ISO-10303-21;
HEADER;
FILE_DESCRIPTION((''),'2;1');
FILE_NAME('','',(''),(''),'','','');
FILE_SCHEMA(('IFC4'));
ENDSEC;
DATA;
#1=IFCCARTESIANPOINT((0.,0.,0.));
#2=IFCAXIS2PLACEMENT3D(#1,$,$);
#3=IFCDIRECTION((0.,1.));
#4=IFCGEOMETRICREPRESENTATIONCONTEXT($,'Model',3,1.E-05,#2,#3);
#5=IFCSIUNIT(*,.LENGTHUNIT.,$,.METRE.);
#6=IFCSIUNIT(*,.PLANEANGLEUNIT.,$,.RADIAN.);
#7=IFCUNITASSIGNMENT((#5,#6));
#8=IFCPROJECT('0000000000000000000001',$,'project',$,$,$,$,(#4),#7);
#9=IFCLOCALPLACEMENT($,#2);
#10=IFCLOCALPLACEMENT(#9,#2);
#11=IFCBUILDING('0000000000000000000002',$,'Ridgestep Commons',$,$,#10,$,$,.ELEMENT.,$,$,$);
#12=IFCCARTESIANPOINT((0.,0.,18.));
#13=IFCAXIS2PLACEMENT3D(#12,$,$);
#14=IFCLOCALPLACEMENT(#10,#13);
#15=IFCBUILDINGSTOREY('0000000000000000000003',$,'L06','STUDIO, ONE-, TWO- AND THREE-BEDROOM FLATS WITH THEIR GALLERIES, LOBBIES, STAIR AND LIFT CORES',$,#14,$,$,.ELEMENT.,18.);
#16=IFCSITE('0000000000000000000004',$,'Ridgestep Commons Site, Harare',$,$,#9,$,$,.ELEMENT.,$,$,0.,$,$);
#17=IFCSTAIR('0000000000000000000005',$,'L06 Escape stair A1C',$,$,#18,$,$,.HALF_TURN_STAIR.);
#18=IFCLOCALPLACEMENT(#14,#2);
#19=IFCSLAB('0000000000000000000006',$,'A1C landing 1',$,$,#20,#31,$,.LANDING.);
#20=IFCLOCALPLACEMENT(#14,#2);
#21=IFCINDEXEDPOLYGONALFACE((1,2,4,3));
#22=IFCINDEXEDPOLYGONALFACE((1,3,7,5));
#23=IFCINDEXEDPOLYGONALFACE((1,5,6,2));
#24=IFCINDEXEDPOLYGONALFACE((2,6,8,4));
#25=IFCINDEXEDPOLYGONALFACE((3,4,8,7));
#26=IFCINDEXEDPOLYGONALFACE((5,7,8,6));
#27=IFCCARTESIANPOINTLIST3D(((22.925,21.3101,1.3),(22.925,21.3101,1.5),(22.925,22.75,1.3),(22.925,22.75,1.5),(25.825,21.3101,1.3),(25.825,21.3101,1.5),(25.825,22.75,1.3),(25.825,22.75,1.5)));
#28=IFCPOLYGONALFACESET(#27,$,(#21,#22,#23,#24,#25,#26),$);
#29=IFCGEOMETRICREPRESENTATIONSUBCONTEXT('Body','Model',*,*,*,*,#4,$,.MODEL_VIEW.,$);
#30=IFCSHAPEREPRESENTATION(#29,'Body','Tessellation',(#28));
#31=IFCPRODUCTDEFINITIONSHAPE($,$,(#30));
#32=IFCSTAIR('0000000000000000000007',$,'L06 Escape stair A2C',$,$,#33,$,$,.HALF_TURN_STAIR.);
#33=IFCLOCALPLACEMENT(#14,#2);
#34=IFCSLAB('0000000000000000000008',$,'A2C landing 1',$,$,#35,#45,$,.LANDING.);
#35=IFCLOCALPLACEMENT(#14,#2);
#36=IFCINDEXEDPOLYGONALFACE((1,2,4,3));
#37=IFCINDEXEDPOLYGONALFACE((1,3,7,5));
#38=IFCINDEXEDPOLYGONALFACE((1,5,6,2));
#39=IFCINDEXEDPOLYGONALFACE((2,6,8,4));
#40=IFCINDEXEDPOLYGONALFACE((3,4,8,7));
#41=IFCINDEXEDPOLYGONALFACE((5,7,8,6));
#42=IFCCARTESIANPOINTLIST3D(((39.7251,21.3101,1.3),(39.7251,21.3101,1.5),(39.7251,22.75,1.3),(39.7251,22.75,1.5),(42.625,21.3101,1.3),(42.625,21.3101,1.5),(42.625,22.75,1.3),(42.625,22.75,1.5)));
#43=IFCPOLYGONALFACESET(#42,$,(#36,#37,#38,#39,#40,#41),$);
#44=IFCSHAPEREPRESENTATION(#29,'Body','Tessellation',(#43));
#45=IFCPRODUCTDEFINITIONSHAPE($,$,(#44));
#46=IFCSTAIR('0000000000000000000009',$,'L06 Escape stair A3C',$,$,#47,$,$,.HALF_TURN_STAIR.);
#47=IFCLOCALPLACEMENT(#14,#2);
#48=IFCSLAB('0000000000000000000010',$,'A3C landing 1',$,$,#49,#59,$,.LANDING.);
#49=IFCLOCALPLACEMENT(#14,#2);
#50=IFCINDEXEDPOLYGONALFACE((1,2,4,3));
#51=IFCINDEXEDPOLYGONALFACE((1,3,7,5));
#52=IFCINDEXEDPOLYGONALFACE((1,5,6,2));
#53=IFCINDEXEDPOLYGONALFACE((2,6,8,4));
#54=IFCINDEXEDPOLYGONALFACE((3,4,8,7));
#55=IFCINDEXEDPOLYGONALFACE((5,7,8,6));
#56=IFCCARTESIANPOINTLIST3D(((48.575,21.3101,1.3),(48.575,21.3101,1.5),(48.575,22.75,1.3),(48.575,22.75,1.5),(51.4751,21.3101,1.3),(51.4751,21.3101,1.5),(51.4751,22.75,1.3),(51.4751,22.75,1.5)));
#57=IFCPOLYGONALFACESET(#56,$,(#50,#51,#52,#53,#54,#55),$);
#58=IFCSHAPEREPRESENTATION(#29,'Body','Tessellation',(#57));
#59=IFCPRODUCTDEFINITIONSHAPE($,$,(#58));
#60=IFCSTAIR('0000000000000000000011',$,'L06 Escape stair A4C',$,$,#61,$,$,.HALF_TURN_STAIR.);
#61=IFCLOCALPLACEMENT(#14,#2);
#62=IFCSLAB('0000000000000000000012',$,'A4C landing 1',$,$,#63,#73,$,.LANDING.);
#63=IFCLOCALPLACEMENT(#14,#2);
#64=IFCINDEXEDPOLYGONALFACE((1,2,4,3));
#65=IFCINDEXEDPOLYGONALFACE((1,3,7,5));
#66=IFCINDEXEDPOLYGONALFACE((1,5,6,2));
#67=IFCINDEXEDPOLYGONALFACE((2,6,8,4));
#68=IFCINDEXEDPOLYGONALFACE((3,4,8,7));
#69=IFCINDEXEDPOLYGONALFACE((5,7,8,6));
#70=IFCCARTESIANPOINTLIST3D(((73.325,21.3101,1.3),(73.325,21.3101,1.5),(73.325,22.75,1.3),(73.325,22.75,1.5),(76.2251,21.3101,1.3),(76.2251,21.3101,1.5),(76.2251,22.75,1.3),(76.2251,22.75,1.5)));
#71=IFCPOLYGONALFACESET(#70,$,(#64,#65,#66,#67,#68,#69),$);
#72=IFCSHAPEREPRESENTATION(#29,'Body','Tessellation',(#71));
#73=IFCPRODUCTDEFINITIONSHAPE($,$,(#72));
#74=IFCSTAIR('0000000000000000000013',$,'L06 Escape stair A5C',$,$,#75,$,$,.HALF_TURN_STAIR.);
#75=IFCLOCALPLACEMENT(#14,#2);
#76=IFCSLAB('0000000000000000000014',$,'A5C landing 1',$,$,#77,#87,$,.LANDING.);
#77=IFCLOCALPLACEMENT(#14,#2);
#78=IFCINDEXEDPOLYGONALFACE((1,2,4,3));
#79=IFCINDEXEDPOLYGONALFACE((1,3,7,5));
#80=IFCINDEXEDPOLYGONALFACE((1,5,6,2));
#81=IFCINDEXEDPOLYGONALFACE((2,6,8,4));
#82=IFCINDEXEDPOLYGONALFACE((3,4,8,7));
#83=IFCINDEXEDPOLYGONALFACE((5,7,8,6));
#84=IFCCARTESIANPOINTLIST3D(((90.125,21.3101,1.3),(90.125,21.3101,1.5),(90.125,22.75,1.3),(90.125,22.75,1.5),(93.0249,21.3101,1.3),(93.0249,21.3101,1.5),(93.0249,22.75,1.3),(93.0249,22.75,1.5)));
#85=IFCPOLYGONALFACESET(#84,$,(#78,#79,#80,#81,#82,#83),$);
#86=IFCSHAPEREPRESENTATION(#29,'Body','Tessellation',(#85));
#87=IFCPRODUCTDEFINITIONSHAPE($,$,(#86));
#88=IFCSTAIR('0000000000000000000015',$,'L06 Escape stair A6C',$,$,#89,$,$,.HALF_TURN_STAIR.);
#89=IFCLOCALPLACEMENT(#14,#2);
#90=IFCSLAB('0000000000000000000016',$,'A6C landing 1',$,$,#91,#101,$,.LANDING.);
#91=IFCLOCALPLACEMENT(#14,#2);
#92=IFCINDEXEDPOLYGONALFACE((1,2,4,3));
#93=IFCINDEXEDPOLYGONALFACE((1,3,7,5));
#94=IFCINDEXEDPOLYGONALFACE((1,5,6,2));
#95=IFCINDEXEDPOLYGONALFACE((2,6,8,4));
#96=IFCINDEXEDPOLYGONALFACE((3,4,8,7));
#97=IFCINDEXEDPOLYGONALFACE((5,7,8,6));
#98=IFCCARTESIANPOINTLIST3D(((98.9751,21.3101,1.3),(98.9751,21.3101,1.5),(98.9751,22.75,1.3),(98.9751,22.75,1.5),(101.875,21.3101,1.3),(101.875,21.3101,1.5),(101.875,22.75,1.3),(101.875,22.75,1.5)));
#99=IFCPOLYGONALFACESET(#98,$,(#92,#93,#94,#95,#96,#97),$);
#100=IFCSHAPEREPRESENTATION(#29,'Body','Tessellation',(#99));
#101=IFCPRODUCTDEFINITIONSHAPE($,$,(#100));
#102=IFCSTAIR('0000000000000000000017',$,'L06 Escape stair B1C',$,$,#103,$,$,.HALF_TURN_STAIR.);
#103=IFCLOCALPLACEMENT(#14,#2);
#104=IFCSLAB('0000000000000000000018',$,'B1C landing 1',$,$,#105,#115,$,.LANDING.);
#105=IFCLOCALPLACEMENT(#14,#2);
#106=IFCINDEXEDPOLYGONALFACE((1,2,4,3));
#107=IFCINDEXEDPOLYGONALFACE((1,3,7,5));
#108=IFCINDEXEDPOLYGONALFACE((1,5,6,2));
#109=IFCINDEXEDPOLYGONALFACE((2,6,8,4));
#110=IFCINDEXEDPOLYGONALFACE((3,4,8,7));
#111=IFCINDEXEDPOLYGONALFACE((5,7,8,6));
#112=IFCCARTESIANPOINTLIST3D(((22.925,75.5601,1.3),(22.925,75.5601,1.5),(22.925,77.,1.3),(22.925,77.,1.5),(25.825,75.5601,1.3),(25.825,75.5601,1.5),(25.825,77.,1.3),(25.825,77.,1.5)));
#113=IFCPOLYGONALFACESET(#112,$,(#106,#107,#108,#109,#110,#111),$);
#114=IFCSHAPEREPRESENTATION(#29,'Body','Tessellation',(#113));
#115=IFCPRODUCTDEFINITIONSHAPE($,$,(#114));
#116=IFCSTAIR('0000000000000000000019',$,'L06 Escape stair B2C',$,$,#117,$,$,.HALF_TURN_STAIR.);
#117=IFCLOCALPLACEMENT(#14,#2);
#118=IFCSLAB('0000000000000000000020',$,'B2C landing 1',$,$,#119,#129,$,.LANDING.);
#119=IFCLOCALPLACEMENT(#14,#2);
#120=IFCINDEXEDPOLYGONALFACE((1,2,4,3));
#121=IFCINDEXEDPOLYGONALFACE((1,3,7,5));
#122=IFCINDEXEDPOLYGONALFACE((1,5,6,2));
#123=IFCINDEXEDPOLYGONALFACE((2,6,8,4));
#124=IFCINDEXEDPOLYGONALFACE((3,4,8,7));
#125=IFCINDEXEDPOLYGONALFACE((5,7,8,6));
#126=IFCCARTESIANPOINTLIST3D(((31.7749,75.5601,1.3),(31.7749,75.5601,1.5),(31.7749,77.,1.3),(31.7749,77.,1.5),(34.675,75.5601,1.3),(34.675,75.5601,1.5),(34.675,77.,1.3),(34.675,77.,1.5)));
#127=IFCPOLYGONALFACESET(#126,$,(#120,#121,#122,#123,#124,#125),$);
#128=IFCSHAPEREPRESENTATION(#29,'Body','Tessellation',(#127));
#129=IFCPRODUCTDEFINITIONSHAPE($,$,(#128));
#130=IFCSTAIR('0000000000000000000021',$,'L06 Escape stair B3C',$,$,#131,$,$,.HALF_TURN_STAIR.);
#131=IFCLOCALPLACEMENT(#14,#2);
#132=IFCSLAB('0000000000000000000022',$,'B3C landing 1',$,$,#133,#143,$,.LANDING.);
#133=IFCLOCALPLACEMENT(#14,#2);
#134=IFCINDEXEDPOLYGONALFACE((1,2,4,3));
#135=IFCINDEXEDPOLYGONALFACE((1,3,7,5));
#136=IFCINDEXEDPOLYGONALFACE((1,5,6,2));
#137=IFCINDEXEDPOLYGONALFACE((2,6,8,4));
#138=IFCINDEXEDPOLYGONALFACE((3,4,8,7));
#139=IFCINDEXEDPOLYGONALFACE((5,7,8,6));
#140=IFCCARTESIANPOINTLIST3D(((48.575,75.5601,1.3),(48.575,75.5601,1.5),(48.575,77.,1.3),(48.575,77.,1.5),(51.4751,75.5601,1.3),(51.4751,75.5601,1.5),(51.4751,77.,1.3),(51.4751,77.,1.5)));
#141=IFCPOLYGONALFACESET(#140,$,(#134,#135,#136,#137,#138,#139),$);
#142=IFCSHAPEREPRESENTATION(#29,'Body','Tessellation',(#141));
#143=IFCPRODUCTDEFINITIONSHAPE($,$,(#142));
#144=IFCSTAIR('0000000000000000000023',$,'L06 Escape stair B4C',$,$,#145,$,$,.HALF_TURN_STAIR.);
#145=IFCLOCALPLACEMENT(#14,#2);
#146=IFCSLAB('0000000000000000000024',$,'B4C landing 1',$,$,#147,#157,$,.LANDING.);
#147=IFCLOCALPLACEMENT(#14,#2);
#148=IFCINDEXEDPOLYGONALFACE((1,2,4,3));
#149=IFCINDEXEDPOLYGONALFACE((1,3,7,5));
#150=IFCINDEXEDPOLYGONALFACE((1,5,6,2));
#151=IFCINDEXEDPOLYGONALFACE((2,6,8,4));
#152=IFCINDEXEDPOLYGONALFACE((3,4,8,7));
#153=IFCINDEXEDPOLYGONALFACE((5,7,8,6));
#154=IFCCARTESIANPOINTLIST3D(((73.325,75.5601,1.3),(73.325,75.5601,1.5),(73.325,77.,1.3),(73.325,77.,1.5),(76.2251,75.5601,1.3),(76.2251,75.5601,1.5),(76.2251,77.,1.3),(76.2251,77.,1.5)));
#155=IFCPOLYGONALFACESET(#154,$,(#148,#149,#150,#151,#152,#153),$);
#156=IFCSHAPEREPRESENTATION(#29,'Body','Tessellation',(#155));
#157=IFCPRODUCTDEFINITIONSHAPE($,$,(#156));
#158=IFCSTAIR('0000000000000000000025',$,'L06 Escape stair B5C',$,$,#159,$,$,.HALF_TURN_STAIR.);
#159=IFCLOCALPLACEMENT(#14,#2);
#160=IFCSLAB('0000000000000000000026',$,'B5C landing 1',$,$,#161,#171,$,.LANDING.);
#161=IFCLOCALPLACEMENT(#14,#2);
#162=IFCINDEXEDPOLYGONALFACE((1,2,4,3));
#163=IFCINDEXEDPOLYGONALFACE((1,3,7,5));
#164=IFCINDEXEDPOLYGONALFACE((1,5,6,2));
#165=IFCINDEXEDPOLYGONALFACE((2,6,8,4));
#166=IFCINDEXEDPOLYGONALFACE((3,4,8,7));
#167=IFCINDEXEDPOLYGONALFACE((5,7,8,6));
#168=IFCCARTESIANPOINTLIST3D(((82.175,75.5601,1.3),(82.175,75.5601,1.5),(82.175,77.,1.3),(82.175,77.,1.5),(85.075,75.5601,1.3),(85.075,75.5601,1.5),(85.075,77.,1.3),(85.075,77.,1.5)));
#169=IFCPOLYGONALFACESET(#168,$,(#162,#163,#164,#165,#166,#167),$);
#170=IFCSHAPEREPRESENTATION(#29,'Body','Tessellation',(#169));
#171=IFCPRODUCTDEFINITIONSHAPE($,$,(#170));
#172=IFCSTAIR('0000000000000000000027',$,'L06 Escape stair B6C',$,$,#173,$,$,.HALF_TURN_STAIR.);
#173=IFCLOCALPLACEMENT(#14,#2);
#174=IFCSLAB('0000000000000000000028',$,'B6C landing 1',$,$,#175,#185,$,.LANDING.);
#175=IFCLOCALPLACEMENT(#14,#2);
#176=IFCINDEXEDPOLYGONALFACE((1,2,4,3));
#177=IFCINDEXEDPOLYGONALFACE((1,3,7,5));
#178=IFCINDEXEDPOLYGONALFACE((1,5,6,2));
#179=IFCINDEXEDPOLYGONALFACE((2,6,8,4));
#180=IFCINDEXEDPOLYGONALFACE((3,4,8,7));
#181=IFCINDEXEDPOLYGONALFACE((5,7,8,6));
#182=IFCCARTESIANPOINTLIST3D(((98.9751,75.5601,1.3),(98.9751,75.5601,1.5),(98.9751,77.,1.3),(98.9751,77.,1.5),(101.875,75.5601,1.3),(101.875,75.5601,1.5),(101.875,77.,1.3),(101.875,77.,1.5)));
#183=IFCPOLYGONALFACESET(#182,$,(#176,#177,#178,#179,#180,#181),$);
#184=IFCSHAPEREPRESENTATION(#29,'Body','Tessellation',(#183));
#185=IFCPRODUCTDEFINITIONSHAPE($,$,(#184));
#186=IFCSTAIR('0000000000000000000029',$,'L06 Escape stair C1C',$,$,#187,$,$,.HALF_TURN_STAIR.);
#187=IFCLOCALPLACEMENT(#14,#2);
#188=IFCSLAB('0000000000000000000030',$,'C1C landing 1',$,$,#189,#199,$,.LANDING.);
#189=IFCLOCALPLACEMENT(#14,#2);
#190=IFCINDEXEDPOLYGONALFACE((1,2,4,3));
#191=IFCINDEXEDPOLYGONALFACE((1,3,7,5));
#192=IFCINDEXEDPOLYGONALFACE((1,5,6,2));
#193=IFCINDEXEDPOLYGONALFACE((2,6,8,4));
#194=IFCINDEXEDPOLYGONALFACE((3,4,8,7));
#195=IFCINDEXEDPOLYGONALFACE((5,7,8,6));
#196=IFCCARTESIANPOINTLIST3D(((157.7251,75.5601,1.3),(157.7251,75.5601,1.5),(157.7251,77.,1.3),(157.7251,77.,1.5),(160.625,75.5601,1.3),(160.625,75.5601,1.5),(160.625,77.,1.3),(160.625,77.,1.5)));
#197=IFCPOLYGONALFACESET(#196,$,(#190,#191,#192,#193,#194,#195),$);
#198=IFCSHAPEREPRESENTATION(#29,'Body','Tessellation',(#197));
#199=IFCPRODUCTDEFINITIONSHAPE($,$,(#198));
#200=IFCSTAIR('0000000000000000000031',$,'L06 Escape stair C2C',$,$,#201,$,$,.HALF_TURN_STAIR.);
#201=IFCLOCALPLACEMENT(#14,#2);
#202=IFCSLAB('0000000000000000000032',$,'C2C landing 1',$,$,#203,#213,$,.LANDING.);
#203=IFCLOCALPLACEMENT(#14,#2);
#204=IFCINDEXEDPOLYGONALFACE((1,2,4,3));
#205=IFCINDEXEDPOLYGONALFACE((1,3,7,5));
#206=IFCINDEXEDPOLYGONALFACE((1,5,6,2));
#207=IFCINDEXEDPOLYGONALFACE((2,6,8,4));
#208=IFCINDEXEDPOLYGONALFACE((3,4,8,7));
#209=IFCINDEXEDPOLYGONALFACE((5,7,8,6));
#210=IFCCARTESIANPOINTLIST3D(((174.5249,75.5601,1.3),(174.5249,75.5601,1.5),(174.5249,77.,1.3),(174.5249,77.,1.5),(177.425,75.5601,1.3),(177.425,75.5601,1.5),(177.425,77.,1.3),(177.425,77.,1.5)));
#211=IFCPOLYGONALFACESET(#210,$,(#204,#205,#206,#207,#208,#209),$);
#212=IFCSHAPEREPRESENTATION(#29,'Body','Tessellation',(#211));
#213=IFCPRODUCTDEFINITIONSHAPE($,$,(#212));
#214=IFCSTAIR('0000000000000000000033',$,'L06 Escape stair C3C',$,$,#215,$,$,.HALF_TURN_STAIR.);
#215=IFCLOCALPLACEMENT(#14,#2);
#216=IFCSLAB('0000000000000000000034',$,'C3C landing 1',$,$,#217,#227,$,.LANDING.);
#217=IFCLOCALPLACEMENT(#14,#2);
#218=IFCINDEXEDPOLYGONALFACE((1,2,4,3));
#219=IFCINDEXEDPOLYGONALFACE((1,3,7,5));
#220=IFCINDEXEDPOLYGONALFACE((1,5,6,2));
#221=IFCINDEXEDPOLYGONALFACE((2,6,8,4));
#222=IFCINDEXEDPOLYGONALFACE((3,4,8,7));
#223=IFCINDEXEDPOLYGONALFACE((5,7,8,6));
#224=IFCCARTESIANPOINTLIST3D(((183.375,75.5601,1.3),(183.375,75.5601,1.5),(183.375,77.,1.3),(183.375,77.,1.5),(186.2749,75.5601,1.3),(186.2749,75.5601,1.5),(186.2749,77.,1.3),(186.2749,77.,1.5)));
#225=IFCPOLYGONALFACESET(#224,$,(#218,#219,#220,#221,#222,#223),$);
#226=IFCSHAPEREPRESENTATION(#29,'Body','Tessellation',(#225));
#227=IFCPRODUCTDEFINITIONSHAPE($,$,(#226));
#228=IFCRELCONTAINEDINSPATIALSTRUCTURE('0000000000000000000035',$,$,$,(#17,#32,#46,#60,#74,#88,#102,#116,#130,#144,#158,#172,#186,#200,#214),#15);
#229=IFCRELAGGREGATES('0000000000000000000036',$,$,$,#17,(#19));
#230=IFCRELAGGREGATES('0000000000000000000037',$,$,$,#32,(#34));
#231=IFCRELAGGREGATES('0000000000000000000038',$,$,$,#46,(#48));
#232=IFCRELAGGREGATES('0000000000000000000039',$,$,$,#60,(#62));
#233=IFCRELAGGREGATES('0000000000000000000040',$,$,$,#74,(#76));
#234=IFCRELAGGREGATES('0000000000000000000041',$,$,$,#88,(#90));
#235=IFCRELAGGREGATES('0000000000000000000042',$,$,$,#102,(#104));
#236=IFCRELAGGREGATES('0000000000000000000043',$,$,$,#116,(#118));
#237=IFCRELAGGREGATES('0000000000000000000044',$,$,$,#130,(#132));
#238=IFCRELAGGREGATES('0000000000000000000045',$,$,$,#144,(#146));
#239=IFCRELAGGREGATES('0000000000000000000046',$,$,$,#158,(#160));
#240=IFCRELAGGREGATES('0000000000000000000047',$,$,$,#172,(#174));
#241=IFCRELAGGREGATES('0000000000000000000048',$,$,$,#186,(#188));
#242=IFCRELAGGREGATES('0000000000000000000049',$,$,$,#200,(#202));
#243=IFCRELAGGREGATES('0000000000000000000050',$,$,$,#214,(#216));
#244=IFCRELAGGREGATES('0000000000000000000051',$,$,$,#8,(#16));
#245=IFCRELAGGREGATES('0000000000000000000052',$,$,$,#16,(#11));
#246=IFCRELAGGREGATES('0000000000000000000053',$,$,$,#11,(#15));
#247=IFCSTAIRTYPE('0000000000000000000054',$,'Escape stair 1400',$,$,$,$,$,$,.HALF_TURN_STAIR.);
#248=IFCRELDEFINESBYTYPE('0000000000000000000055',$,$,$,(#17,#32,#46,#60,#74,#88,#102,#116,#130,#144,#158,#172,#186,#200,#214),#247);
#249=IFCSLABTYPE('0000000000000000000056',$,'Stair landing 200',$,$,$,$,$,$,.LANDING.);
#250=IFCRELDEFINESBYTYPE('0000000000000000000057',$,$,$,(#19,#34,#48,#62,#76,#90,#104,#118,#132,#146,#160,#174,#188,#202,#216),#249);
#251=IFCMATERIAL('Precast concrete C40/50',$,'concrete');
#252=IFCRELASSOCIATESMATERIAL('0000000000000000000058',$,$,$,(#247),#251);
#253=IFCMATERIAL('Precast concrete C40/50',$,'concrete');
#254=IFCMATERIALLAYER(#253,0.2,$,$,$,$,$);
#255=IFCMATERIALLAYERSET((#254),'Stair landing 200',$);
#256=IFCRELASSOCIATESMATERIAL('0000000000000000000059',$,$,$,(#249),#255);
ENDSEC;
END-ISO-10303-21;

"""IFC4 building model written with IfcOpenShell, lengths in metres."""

from ifc_helpers import new_model, si_unit, direction, frame, origin, place, context, subcontext, project, spatial, polyline, outline, extrude, material, layer, layer_set, type_object, element, aggregate, save


model = new_model("IFC4")

# Units and contexts
model_context = context("Model", 3, precision=1e-05, world=origin(), true_north=direction((0.0, 1.0)))
body_context = subcontext(model_context, "Body", "Model", "MODEL_VIEW")
ifc_project = project(units=[si_unit("LENGTHUNIT", "METRE"), si_unit("PLANEANGLEUNIT", "RADIAN")], contexts=[model_context])

# Site, building, storey
site_placement = place(None, origin())
site = spatial("IfcSite", under=ifc_project, at=site_placement, Name="Ridgestep Commons Site, Harare", CompositionType="ELEMENT", RefElevation=0.0)
building_placement = place(site_placement, origin())
building = spatial("IfcBuilding", under=site, at=building_placement, Name="Ridgestep Commons", CompositionType="ELEMENT")
storey_placement = place(building_placement, frame((0.0, 0.0, 18.0)))
storey = spatial("IfcBuildingStorey", under=building, at=storey_placement, Name="L06", Description="STUDIO, ONE-, TWO- AND THREE-BEDROOM FLATS WITH THEIR GALLERIES, LOBBIES, STAIR AND LIFT CORES", CompositionType="ELEMENT", Elevation=18.0)

# Stairs, slabs
ifc_material_1 = material(Name="Precast concrete C40/50", Category="concrete")
stair_type = type_object("IfcStairType", Name="Escape stair 1400", PredefinedType="HALF_TURN_STAIR", material=ifc_material_1)
stair_1_placement = place(storey_placement, origin())
stair_1 = element("IfcStair", 1, at=stair_1_placement, inside=storey, type_object=stair_type, Name="L06 Escape stair A1C", PredefinedType="HALF_TURN_STAIR")
ifc_material_2 = material(Name="Precast concrete C40/50", Category="concrete")
ifc_layer_1 = layer(ifc_material_2, 0.2)
ifc_layer_set_1 = layer_set([ifc_layer_1], Name="Stair landing 200")
slab_type = type_object("IfcSlabType", Name="Stair landing 200", PredefinedType="LANDING", material=ifc_layer_set_1)
slab_1_placement = place(storey_placement, frame((0.0, 0.0, 1.3)))
slab_1 = element("IfcSlab", 2, at=slab_1_placement, type_object=slab_type, Name="A1C landing 1", PredefinedType="LANDING", context=body_context, shape_type="SweptSolid", body=[
    extrude(outline(polyline([(25.825, 21.3101), (25.825, 22.75), (22.925, 22.75), (22.925, 21.3101), (25.825, 21.3101)])), origin(), (0.0, 0.0, 1.0), 0.2),
])
aggregate(stair_1, [slab_1])
stair_2_placement = place(storey_placement, origin())
stair_2 = element("IfcStair", 3, at=stair_2_placement, inside=storey, type_object=stair_type, Name="L06 Escape stair A2C", PredefinedType="HALF_TURN_STAIR")
slab_2_placement = place(storey_placement, frame((0.0, 0.0, 1.3)))
slab_2 = element("IfcSlab", 4, at=slab_2_placement, type_object=slab_type, Name="A2C landing 1", PredefinedType="LANDING", context=body_context, shape_type="SweptSolid", body=[
    extrude(outline(polyline([(42.625, 21.3101), (42.625, 22.75), (39.7251, 22.75), (39.7251, 21.3101), (42.625, 21.3101)])), origin(), (0.0, 0.0, 1.0), 0.2),
])
aggregate(stair_2, [slab_2])
stair_3_placement = place(storey_placement, origin())
stair_3 = element("IfcStair", 5, at=stair_3_placement, inside=storey, type_object=stair_type, Name="L06 Escape stair A3C", PredefinedType="HALF_TURN_STAIR")
slab_3_placement = place(storey_placement, frame((0.0, 0.0, 1.3)))
slab_3 = element("IfcSlab", 6, at=slab_3_placement, type_object=slab_type, Name="A3C landing 1", PredefinedType="LANDING", context=body_context, shape_type="SweptSolid", body=[
    extrude(outline(polyline([(51.4751, 21.3101), (51.4751, 22.75), (48.575, 22.75), (48.575, 21.3101), (51.4751, 21.3101)])), origin(), (0.0, 0.0, 1.0), 0.2),
])
aggregate(stair_3, [slab_3])
stair_4_placement = place(storey_placement, origin())
stair_4 = element("IfcStair", 7, at=stair_4_placement, inside=storey, type_object=stair_type, Name="L06 Escape stair A4C", PredefinedType="HALF_TURN_STAIR")
slab_4_placement = place(storey_placement, frame((0.0, 0.0, 1.3)))
slab_4 = element("IfcSlab", 8, at=slab_4_placement, type_object=slab_type, Name="A4C landing 1", PredefinedType="LANDING", context=body_context, shape_type="SweptSolid", body=[
    extrude(outline(polyline([(76.2251, 21.3101), (76.2251, 22.75), (73.325, 22.75), (73.325, 21.3101), (76.2251, 21.3101)])), origin(), (0.0, 0.0, 1.0), 0.2),
])
aggregate(stair_4, [slab_4])
stair_5_placement = place(storey_placement, origin())
stair_5 = element("IfcStair", 9, at=stair_5_placement, inside=storey, type_object=stair_type, Name="L06 Escape stair A5C", PredefinedType="HALF_TURN_STAIR")
slab_5_placement = place(storey_placement, frame((0.0, 0.0, 1.3)))
slab_5 = element("IfcSlab", 10, at=slab_5_placement, type_object=slab_type, Name="A5C landing 1", PredefinedType="LANDING", context=body_context, shape_type="SweptSolid", body=[
    extrude(outline(polyline([(93.0249, 21.3101), (93.0249, 22.75), (90.125, 22.75), (90.125, 21.3101), (93.0249, 21.3101)])), origin(), (0.0, 0.0, 1.0), 0.2),
])
aggregate(stair_5, [slab_5])
stair_6_placement = place(storey_placement, origin())
stair_6 = element("IfcStair", 11, at=stair_6_placement, inside=storey, type_object=stair_type, Name="L06 Escape stair A6C", PredefinedType="HALF_TURN_STAIR")
slab_6_placement = place(storey_placement, frame((0.0, 0.0, 1.3)))
slab_6 = element("IfcSlab", 12, at=slab_6_placement, type_object=slab_type, Name="A6C landing 1", PredefinedType="LANDING", context=body_context, shape_type="SweptSolid", body=[
    extrude(outline(polyline([(101.875, 21.3101), (101.875, 22.75), (98.9751, 22.75), (98.9751, 21.3101), (101.875, 21.3101)])), origin(), (0.0, 0.0, 1.0), 0.2),
])
aggregate(stair_6, [slab_6])
stair_7_placement = place(storey_placement, origin())
stair_7 = element("IfcStair", 13, at=stair_7_placement, inside=storey, type_object=stair_type, Name="L06 Escape stair B1C", PredefinedType="HALF_TURN_STAIR")
slab_7_placement = place(storey_placement, frame((0.0, 0.0, 1.3)))
slab_7 = element("IfcSlab", 14, at=slab_7_placement, type_object=slab_type, Name="B1C landing 1", PredefinedType="LANDING", context=body_context, shape_type="SweptSolid", body=[
    extrude(outline(polyline([(25.825, 75.5601), (25.825, 77.0), (22.925, 77.0), (22.925, 75.5601), (25.825, 75.5601)])), origin(), (0.0, 0.0, 1.0), 0.2),
])
aggregate(stair_7, [slab_7])
stair_8_placement = place(storey_placement, origin())
stair_8 = element("IfcStair", 15, at=stair_8_placement, inside=storey, type_object=stair_type, Name="L06 Escape stair B2C", PredefinedType="HALF_TURN_STAIR")
slab_8_placement = place(storey_placement, frame((0.0, 0.0, 1.3)))
slab_8 = element("IfcSlab", 16, at=slab_8_placement, type_object=slab_type, Name="B2C landing 1", PredefinedType="LANDING", context=body_context, shape_type="SweptSolid", body=[
    extrude(outline(polyline([(34.675, 75.5601), (34.675, 77.0), (31.7749, 77.0), (31.7749, 75.5601), (34.675, 75.5601)])), origin(), (0.0, 0.0, 1.0), 0.2),
])
aggregate(stair_8, [slab_8])
stair_9_placement = place(storey_placement, origin())
stair_9 = element("IfcStair", 17, at=stair_9_placement, inside=storey, type_object=stair_type, Name="L06 Escape stair B3C", PredefinedType="HALF_TURN_STAIR")
slab_9_placement = place(storey_placement, frame((0.0, 0.0, 1.3)))
slab_9 = element("IfcSlab", 18, at=slab_9_placement, type_object=slab_type, Name="B3C landing 1", PredefinedType="LANDING", context=body_context, shape_type="SweptSolid", body=[
    extrude(outline(polyline([(51.4751, 75.5601), (51.4751, 77.0), (48.575, 77.0), (48.575, 75.5601), (51.4751, 75.5601)])), origin(), (0.0, 0.0, 1.0), 0.2),
])
aggregate(stair_9, [slab_9])
stair_10_placement = place(storey_placement, origin())
stair_10 = element("IfcStair", 19, at=stair_10_placement, inside=storey, type_object=stair_type, Name="L06 Escape stair B4C", PredefinedType="HALF_TURN_STAIR")
slab_10_placement = place(storey_placement, frame((0.0, 0.0, 1.3)))
slab_10 = element("IfcSlab", 20, at=slab_10_placement, type_object=slab_type, Name="B4C landing 1", PredefinedType="LANDING", context=body_context, shape_type="SweptSolid", body=[
    extrude(outline(polyline([(76.2251, 75.5601), (76.2251, 77.0), (73.325, 77.0), (73.325, 75.5601), (76.2251, 75.5601)])), origin(), (0.0, 0.0, 1.0), 0.2),
])
aggregate(stair_10, [slab_10])
stair_11_placement = place(storey_placement, origin())
stair_11 = element("IfcStair", 21, at=stair_11_placement, inside=storey, type_object=stair_type, Name="L06 Escape stair B5C", PredefinedType="HALF_TURN_STAIR")
slab_11_placement = place(storey_placement, frame((0.0, 0.0, 1.3)))
slab_11 = element("IfcSlab", 22, at=slab_11_placement, type_object=slab_type, Name="B5C landing 1", PredefinedType="LANDING", context=body_context, shape_type="SweptSolid", body=[
    extrude(outline(polyline([(85.075, 75.5601), (85.075, 77.0), (82.175, 77.0), (82.175, 75.5601), (85.075, 75.5601)])), origin(), (0.0, 0.0, 1.0), 0.2),
])
aggregate(stair_11, [slab_11])
stair_12_placement = place(storey_placement, origin())
stair_12 = element("IfcStair", 23, at=stair_12_placement, inside=storey, type_object=stair_type, Name="L06 Escape stair B6C", PredefinedType="HALF_TURN_STAIR")
slab_12_placement = place(storey_placement, frame((0.0, 0.0, 1.3)))
slab_12 = element("IfcSlab", 24, at=slab_12_placement, type_object=slab_type, Name="B6C landing 1", PredefinedType="LANDING", context=body_context, shape_type="SweptSolid", body=[
    extrude(outline(polyline([(101.875, 75.5601), (101.875, 77.0), (98.9751, 77.0), (98.9751, 75.5601), (101.875, 75.5601)])), origin(), (0.0, 0.0, 1.0), 0.2),
])
aggregate(stair_12, [slab_12])
stair_13_placement = place(storey_placement, origin())
stair_13 = element("IfcStair", 25, at=stair_13_placement, inside=storey, type_object=stair_type, Name="L06 Escape stair C1C", PredefinedType="HALF_TURN_STAIR")
slab_13_placement = place(storey_placement, frame((0.0, 0.0, 1.3)))
slab_13 = element("IfcSlab", 26, at=slab_13_placement, type_object=slab_type, Name="C1C landing 1", PredefinedType="LANDING", context=body_context, shape_type="SweptSolid", body=[
    extrude(outline(polyline([(160.625, 75.5601), (160.625, 77.0), (157.7251, 77.0), (157.7251, 75.5601), (160.625, 75.5601)])), origin(), (0.0, 0.0, 1.0), 0.2),
])
aggregate(stair_13, [slab_13])
stair_14_placement = place(storey_placement, origin())
stair_14 = element("IfcStair", 27, at=stair_14_placement, inside=storey, type_object=stair_type, Name="L06 Escape stair C2C", PredefinedType="HALF_TURN_STAIR")
slab_14_placement = place(storey_placement, frame((0.0, 0.0, 1.3)))
slab_14 = element("IfcSlab", 28, at=slab_14_placement, type_object=slab_type, Name="C2C landing 1", PredefinedType="LANDING", context=body_context, shape_type="SweptSolid", body=[
    extrude(outline(polyline([(177.425, 75.5601), (177.425, 77.0), (174.5249, 77.0), (174.5249, 75.5601), (177.425, 75.5601)])), origin(), (0.0, 0.0, 1.0), 0.2),
])
aggregate(stair_14, [slab_14])
stair_15_placement = place(storey_placement, origin())
stair_15 = element("IfcStair", 29, at=stair_15_placement, inside=storey, type_object=stair_type, Name="L06 Escape stair C3C", PredefinedType="HALF_TURN_STAIR")
slab_15_placement = place(storey_placement, frame((0.0, 0.0, 1.3)))
slab_15 = element("IfcSlab", 30, at=slab_15_placement, type_object=slab_type, Name="C3C landing 1", PredefinedType="LANDING", context=body_context, shape_type="SweptSolid", body=[
    extrude(outline(polyline([(186.2749, 75.5601), (186.2749, 77.0), (183.375, 77.0), (183.375, 75.5601), (186.2749, 75.5601)])), origin(), (0.0, 0.0, 1.0), 0.2),
])
aggregate(stair_15, [slab_15])

save(model, "model.ifc")
